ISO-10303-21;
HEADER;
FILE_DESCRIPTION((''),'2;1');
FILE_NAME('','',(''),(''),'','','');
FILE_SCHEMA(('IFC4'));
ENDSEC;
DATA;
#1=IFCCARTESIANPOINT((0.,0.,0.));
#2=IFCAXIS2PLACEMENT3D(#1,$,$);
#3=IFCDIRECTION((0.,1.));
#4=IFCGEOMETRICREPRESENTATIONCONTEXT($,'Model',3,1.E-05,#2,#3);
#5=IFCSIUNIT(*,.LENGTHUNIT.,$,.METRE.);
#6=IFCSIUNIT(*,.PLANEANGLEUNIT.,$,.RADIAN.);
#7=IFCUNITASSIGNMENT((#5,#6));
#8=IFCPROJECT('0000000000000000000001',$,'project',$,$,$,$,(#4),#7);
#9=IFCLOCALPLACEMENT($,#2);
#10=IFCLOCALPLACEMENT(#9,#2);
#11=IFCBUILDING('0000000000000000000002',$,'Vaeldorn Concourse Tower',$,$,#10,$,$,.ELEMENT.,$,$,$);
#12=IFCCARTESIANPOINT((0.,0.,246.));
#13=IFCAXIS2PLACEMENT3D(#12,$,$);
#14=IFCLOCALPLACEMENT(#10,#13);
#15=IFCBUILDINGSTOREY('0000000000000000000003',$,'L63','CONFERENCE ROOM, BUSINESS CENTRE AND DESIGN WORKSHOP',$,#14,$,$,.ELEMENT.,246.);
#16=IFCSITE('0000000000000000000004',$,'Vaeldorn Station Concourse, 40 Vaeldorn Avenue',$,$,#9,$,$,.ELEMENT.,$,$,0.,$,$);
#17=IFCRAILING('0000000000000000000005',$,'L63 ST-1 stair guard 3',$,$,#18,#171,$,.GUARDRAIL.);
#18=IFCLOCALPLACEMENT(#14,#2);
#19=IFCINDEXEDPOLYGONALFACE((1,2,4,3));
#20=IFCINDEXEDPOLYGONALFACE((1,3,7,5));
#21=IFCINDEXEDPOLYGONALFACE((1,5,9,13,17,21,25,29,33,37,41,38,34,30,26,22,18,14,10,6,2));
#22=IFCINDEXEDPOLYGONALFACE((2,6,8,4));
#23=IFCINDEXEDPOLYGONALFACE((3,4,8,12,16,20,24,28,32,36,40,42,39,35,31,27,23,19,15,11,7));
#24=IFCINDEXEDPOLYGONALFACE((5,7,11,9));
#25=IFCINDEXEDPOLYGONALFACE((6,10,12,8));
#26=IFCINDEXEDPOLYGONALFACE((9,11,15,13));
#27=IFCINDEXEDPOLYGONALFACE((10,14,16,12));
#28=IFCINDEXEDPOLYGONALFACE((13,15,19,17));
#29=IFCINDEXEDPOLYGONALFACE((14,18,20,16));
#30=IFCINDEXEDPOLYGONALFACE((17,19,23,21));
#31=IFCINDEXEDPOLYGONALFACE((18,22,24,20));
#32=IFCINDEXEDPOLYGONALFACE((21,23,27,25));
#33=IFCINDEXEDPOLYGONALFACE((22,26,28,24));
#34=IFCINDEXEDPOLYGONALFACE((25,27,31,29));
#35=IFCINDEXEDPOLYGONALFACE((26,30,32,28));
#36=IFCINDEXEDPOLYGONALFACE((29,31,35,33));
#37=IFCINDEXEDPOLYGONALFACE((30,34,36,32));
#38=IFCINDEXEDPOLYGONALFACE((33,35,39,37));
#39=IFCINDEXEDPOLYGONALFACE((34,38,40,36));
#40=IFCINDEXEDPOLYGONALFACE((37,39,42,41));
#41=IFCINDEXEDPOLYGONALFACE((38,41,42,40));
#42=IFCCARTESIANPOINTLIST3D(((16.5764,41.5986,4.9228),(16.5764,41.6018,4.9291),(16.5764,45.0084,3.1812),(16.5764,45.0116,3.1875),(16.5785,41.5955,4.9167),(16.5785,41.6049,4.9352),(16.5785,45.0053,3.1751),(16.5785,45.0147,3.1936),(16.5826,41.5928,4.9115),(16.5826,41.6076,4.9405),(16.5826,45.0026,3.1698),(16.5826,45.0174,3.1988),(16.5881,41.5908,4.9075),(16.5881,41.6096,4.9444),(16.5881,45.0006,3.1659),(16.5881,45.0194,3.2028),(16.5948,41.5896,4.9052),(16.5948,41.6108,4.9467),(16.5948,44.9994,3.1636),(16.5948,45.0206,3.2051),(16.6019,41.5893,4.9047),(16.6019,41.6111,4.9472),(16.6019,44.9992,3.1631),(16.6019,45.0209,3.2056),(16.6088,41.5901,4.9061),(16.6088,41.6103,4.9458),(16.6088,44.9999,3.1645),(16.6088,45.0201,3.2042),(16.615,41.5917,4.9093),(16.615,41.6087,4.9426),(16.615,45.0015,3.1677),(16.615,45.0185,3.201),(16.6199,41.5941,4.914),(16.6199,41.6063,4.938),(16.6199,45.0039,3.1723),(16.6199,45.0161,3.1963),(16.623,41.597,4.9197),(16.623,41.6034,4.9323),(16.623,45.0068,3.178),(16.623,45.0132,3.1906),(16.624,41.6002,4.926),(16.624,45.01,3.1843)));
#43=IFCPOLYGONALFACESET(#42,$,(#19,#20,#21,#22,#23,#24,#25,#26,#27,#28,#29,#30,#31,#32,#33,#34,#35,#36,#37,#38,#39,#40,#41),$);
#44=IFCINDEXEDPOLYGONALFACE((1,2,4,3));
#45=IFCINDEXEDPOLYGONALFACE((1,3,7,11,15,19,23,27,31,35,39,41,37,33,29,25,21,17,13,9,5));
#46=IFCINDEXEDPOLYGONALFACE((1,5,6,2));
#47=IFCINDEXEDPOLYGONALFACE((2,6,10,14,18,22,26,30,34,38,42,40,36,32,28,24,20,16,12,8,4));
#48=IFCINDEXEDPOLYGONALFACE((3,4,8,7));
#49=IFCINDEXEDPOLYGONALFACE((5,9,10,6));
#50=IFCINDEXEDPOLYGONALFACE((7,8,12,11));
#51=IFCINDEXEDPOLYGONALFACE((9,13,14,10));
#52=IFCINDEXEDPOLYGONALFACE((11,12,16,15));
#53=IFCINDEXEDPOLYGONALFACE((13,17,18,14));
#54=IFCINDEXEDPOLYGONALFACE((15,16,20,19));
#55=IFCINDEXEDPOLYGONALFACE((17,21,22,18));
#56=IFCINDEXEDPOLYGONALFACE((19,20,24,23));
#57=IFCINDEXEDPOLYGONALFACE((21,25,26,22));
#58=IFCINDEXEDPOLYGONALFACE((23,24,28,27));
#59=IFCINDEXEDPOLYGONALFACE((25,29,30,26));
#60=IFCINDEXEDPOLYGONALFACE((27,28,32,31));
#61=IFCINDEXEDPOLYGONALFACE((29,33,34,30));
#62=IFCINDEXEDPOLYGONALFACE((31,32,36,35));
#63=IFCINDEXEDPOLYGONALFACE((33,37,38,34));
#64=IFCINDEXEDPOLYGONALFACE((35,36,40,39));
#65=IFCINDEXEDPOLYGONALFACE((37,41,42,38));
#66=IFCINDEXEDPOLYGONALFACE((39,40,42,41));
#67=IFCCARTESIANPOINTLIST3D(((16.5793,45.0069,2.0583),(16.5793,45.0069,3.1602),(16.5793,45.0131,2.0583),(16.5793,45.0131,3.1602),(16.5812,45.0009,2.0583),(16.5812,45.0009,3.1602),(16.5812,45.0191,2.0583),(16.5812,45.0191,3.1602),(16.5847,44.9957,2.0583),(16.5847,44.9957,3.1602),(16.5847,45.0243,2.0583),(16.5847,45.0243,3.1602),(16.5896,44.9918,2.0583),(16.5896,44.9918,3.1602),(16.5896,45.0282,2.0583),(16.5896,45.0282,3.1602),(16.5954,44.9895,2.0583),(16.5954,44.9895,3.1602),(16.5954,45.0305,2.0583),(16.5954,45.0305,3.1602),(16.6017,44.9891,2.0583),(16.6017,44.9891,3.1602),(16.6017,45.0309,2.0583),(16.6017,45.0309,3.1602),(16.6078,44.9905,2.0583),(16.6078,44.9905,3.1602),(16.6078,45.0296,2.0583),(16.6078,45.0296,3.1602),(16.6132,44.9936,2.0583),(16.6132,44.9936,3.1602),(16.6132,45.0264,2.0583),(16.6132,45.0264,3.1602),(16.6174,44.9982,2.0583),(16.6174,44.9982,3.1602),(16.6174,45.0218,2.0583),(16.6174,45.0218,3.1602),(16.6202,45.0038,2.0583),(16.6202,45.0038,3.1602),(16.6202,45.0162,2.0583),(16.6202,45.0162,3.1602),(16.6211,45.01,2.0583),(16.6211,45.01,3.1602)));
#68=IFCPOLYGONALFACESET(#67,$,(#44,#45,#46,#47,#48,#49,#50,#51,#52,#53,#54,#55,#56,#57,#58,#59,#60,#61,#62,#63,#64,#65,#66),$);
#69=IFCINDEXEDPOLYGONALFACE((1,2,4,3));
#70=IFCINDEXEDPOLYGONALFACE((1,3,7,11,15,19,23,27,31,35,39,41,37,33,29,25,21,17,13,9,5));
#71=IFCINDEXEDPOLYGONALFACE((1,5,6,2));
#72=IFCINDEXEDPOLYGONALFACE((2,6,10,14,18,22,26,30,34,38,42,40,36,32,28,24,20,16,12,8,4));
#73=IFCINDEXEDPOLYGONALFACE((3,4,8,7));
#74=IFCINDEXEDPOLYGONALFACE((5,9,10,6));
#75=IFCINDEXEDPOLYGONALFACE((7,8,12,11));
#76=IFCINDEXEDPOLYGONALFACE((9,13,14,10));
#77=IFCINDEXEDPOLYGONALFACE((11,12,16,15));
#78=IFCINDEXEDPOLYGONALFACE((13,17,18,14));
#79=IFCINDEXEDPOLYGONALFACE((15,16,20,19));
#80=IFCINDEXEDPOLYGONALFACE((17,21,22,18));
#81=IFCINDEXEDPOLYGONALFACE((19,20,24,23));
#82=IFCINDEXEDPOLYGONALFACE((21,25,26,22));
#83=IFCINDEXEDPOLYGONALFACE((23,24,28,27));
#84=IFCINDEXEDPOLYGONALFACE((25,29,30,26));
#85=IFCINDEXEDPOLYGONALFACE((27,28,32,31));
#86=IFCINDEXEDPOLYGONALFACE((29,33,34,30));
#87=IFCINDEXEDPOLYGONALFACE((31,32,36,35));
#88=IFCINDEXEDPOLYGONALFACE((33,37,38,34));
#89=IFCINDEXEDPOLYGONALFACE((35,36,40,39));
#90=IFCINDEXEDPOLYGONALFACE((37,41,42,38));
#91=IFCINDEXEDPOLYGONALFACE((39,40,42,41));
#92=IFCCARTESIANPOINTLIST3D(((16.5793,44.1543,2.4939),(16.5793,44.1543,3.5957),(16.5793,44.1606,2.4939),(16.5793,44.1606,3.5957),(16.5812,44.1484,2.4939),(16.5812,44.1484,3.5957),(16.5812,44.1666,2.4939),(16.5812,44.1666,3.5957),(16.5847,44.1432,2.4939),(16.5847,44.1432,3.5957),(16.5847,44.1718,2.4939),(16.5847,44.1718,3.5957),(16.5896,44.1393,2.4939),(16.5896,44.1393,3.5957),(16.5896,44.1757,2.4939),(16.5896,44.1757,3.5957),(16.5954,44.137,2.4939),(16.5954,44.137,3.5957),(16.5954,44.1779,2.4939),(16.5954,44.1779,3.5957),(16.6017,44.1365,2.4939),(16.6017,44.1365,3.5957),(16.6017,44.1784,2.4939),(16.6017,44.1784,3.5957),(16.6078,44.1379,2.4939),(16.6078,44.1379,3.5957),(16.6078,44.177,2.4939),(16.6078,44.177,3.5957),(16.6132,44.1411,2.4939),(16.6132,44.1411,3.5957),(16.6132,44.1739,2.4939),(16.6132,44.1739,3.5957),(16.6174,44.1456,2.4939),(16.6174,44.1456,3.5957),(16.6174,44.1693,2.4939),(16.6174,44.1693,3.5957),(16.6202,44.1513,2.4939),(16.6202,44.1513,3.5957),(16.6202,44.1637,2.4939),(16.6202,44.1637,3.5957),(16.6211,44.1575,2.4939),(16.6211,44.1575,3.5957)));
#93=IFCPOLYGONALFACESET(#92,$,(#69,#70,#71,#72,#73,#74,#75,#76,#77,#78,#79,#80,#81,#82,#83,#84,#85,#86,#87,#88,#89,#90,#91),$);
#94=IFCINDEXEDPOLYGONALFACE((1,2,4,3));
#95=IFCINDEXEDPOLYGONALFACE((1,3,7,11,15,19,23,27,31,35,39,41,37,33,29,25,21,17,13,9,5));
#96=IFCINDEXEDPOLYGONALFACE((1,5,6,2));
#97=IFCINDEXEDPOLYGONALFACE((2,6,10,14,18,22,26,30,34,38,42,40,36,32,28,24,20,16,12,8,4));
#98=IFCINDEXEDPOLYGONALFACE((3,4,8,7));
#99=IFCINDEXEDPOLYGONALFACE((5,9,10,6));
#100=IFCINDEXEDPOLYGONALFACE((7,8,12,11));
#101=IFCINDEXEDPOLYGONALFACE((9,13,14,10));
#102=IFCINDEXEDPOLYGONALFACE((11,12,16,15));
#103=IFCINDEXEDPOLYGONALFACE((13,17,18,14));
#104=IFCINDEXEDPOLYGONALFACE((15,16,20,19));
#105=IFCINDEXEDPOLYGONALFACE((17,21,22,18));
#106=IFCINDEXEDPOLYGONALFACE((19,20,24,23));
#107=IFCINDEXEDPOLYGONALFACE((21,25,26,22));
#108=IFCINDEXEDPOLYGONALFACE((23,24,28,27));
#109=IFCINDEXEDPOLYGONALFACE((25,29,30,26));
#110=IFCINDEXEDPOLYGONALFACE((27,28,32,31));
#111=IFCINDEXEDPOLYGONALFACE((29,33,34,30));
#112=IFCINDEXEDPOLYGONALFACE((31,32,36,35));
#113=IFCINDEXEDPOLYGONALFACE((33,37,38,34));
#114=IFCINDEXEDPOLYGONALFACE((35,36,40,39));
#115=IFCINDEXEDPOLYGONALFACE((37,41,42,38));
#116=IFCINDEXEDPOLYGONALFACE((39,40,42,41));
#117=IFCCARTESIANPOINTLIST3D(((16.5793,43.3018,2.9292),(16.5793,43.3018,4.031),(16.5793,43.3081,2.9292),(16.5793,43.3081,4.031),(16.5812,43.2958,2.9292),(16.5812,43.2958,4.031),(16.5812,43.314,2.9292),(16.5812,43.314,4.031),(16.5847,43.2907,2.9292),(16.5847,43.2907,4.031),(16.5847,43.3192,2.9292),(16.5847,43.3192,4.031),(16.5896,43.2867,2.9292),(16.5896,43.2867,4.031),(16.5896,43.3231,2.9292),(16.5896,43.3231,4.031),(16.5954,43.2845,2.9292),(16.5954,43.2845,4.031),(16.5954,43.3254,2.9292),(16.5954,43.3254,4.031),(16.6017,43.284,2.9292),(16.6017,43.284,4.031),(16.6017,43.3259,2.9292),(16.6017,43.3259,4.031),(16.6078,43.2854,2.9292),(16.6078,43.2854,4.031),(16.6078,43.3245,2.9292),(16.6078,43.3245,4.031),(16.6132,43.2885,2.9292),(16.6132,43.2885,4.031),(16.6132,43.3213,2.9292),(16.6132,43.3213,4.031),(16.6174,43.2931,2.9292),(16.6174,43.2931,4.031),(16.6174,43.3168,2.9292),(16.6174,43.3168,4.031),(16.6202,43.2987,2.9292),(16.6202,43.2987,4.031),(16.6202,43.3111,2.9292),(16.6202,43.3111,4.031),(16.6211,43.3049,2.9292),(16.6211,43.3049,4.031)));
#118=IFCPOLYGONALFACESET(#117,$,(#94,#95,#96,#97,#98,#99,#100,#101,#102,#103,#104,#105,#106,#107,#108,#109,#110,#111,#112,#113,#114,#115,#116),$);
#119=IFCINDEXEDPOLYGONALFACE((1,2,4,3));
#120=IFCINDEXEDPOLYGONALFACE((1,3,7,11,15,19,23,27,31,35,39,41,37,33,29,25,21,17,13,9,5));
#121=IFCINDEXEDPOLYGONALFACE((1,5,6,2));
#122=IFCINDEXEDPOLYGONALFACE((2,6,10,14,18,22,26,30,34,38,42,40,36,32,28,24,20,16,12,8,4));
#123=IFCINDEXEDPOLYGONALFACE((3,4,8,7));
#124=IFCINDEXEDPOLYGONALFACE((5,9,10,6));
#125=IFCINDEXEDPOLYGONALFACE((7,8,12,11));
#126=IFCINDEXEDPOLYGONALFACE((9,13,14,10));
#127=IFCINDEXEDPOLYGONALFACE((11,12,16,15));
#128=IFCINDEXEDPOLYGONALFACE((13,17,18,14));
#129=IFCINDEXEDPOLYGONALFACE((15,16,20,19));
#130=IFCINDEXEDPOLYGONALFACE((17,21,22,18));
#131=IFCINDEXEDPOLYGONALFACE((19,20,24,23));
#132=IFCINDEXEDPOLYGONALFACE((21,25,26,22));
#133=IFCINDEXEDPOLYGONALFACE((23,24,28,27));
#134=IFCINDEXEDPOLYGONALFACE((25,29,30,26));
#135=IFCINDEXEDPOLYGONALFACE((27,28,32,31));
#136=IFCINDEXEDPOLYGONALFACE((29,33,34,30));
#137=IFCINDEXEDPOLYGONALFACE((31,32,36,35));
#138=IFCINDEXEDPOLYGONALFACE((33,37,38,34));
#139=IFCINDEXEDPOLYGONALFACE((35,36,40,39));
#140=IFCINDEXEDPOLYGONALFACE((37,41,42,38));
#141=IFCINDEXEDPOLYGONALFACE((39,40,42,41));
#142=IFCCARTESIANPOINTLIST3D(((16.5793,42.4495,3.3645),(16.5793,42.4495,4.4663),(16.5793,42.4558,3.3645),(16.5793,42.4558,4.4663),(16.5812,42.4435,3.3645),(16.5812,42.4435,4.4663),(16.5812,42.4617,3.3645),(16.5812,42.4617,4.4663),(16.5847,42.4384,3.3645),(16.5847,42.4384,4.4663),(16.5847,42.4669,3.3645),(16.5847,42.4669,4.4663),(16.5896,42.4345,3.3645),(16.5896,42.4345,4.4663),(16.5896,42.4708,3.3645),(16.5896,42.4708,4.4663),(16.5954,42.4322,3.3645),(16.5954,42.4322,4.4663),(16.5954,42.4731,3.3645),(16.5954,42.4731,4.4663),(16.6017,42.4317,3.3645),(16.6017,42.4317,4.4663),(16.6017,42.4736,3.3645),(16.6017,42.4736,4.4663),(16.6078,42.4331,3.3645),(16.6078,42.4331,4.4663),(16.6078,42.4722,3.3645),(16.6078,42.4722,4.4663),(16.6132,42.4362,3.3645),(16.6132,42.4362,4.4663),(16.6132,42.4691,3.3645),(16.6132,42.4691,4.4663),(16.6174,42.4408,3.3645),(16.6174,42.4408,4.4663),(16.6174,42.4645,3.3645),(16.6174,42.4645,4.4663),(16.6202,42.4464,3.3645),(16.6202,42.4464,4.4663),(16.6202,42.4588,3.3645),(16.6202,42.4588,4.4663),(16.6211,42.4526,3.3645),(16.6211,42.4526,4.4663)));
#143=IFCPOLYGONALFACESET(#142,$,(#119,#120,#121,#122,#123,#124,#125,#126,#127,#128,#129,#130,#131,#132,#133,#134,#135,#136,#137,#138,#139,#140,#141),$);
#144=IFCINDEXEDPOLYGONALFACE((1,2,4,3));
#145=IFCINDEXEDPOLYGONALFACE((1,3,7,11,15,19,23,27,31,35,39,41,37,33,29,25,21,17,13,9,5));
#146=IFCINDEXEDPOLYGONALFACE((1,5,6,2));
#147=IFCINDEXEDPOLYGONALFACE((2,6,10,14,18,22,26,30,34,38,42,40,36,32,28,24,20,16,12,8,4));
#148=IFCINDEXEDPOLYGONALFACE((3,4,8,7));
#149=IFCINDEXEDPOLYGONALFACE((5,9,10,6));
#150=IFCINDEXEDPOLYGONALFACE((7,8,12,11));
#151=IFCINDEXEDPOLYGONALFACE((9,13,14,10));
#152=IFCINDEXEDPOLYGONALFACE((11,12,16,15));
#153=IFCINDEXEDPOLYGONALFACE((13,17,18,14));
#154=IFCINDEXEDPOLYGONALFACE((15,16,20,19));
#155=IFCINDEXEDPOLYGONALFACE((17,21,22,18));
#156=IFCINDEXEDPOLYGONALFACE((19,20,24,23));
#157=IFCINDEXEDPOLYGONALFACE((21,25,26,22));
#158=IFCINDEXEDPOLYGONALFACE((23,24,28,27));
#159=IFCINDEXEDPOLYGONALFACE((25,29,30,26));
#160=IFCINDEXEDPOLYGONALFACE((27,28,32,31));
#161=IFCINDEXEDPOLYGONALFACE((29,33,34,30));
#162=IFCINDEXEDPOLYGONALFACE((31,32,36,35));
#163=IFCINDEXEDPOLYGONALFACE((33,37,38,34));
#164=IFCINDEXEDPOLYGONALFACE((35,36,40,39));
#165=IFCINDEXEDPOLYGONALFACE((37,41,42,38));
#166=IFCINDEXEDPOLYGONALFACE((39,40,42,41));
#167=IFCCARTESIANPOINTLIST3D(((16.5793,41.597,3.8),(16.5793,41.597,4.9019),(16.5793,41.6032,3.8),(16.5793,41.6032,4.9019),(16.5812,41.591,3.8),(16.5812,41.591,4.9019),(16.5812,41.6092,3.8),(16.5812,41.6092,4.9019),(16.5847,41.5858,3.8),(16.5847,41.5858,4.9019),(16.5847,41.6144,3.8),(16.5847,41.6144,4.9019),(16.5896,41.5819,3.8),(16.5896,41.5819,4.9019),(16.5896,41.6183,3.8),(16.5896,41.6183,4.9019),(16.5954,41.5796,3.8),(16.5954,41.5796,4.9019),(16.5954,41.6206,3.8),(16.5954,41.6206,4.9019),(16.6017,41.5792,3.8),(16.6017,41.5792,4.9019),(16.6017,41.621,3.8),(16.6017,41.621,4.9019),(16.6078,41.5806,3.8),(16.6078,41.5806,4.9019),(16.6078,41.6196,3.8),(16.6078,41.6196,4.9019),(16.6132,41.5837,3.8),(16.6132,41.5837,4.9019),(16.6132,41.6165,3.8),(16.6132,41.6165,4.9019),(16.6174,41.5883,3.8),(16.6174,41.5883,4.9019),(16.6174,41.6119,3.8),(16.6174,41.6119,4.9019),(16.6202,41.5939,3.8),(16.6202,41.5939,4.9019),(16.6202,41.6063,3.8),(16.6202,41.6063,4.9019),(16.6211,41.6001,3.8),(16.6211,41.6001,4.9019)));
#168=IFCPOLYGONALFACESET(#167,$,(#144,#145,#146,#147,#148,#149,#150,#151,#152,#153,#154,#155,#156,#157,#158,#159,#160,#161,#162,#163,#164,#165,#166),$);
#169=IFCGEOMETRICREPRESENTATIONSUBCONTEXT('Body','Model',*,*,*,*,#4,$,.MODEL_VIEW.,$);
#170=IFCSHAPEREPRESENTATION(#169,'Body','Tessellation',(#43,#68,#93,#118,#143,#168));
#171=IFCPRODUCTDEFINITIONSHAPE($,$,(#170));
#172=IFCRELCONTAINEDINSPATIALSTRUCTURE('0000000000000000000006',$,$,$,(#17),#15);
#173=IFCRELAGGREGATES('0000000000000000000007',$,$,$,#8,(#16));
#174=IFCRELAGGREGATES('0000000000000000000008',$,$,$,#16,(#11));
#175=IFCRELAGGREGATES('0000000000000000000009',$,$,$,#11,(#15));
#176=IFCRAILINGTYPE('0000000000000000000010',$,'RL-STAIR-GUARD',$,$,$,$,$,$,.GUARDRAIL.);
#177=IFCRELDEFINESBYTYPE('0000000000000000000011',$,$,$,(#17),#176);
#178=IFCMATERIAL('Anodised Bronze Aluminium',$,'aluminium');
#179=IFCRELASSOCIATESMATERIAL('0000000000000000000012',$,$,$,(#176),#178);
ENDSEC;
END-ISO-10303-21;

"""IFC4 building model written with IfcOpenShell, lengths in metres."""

from ifc_helpers import new_model, si_unit, direction, frame, origin, origin_2d, place, context, subcontext, project, spatial, circle, extrude, material, type_object, element, save


model = new_model("IFC4")

# Units and contexts
model_context = context("Model", 3, precision=1e-05, world=origin(), true_north=direction((0.0, 1.0)))
body_context = subcontext(model_context, "Body", "Model", "MODEL_VIEW")
ifc_project = project(units=[si_unit("LENGTHUNIT", "METRE"), si_unit("PLANEANGLEUNIT", "RADIAN")], contexts=[model_context])

# Site, building, storey
site_placement = place(None, origin())
site = spatial("IfcSite", under=ifc_project, at=site_placement, Name="Vaeldorn Station Concourse, 40 Vaeldorn Avenue", CompositionType="ELEMENT", RefElevation=0.0)
building_placement = place(site_placement, origin())
building = spatial("IfcBuilding", under=site, at=building_placement, Name="Vaeldorn Concourse Tower", CompositionType="ELEMENT")
storey_placement = place(building_placement, frame((0.0, 0.0, 246.0)))
storey = spatial("IfcBuildingStorey", under=building, at=storey_placement, Name="L63", Description="CONFERENCE ROOM, BUSINESS CENTRE AND DESIGN WORKSHOP", CompositionType="ELEMENT", Elevation=246.0)

# Shared definitions
ifc_material_1 = material(Name="Anodised Bronze Aluminium", Category="aluminium")

# Railing
railing_type_1 = type_object("IfcRailingType", Name="RL-STAIR-GUARD", PredefinedType="GUARDRAIL", material=ifc_material_1)
railing_1_placement = place(storey_placement, frame((16.6001, 45.01, 2.0583)))
element("IfcRailing", 1, at=railing_1_placement, inside=storey, type_object=railing_type_1, Name="L63 ST-1 stair guard 3", PredefinedType="GUARDRAIL", context=body_context, shape_type="SweptSolid", body=[
    extrude(circle(Radius=0.0239, at=origin_2d()), frame((0.0, 0.0, 1.126), z_axis=(0.0, -0.890556, 0.454874), x_axis=(1.0, 0.0, 0.0)), (0.0, 0.0, 1.0), 3.8289),
    extrude(circle(Radius=0.021, at=origin_2d()), origin(), (0.0, 0.0, 1.0), 1.1018),
    extrude(circle(Radius=0.021, at=origin_2d()), frame((0.0, -0.8525, 0.4355)), (0.0, 0.0, 1.0), 1.1018),
    extrude(circle(Radius=0.021, at=origin_2d()), frame((0.0, -1.7051, 0.8708)), (0.0, 0.0, 1.0), 1.1018),
    extrude(circle(Radius=0.021, at=origin_2d()), frame((0.0, -2.5574, 1.3062)), (0.0, 0.0, 1.0), 1.1018),
    extrude(circle(Radius=0.021, at=origin_2d()), frame((0.0, -3.4099, 1.7417)), (0.0, 0.0, 1.0), 1.1018),
])

save(model, "model.ifc")
